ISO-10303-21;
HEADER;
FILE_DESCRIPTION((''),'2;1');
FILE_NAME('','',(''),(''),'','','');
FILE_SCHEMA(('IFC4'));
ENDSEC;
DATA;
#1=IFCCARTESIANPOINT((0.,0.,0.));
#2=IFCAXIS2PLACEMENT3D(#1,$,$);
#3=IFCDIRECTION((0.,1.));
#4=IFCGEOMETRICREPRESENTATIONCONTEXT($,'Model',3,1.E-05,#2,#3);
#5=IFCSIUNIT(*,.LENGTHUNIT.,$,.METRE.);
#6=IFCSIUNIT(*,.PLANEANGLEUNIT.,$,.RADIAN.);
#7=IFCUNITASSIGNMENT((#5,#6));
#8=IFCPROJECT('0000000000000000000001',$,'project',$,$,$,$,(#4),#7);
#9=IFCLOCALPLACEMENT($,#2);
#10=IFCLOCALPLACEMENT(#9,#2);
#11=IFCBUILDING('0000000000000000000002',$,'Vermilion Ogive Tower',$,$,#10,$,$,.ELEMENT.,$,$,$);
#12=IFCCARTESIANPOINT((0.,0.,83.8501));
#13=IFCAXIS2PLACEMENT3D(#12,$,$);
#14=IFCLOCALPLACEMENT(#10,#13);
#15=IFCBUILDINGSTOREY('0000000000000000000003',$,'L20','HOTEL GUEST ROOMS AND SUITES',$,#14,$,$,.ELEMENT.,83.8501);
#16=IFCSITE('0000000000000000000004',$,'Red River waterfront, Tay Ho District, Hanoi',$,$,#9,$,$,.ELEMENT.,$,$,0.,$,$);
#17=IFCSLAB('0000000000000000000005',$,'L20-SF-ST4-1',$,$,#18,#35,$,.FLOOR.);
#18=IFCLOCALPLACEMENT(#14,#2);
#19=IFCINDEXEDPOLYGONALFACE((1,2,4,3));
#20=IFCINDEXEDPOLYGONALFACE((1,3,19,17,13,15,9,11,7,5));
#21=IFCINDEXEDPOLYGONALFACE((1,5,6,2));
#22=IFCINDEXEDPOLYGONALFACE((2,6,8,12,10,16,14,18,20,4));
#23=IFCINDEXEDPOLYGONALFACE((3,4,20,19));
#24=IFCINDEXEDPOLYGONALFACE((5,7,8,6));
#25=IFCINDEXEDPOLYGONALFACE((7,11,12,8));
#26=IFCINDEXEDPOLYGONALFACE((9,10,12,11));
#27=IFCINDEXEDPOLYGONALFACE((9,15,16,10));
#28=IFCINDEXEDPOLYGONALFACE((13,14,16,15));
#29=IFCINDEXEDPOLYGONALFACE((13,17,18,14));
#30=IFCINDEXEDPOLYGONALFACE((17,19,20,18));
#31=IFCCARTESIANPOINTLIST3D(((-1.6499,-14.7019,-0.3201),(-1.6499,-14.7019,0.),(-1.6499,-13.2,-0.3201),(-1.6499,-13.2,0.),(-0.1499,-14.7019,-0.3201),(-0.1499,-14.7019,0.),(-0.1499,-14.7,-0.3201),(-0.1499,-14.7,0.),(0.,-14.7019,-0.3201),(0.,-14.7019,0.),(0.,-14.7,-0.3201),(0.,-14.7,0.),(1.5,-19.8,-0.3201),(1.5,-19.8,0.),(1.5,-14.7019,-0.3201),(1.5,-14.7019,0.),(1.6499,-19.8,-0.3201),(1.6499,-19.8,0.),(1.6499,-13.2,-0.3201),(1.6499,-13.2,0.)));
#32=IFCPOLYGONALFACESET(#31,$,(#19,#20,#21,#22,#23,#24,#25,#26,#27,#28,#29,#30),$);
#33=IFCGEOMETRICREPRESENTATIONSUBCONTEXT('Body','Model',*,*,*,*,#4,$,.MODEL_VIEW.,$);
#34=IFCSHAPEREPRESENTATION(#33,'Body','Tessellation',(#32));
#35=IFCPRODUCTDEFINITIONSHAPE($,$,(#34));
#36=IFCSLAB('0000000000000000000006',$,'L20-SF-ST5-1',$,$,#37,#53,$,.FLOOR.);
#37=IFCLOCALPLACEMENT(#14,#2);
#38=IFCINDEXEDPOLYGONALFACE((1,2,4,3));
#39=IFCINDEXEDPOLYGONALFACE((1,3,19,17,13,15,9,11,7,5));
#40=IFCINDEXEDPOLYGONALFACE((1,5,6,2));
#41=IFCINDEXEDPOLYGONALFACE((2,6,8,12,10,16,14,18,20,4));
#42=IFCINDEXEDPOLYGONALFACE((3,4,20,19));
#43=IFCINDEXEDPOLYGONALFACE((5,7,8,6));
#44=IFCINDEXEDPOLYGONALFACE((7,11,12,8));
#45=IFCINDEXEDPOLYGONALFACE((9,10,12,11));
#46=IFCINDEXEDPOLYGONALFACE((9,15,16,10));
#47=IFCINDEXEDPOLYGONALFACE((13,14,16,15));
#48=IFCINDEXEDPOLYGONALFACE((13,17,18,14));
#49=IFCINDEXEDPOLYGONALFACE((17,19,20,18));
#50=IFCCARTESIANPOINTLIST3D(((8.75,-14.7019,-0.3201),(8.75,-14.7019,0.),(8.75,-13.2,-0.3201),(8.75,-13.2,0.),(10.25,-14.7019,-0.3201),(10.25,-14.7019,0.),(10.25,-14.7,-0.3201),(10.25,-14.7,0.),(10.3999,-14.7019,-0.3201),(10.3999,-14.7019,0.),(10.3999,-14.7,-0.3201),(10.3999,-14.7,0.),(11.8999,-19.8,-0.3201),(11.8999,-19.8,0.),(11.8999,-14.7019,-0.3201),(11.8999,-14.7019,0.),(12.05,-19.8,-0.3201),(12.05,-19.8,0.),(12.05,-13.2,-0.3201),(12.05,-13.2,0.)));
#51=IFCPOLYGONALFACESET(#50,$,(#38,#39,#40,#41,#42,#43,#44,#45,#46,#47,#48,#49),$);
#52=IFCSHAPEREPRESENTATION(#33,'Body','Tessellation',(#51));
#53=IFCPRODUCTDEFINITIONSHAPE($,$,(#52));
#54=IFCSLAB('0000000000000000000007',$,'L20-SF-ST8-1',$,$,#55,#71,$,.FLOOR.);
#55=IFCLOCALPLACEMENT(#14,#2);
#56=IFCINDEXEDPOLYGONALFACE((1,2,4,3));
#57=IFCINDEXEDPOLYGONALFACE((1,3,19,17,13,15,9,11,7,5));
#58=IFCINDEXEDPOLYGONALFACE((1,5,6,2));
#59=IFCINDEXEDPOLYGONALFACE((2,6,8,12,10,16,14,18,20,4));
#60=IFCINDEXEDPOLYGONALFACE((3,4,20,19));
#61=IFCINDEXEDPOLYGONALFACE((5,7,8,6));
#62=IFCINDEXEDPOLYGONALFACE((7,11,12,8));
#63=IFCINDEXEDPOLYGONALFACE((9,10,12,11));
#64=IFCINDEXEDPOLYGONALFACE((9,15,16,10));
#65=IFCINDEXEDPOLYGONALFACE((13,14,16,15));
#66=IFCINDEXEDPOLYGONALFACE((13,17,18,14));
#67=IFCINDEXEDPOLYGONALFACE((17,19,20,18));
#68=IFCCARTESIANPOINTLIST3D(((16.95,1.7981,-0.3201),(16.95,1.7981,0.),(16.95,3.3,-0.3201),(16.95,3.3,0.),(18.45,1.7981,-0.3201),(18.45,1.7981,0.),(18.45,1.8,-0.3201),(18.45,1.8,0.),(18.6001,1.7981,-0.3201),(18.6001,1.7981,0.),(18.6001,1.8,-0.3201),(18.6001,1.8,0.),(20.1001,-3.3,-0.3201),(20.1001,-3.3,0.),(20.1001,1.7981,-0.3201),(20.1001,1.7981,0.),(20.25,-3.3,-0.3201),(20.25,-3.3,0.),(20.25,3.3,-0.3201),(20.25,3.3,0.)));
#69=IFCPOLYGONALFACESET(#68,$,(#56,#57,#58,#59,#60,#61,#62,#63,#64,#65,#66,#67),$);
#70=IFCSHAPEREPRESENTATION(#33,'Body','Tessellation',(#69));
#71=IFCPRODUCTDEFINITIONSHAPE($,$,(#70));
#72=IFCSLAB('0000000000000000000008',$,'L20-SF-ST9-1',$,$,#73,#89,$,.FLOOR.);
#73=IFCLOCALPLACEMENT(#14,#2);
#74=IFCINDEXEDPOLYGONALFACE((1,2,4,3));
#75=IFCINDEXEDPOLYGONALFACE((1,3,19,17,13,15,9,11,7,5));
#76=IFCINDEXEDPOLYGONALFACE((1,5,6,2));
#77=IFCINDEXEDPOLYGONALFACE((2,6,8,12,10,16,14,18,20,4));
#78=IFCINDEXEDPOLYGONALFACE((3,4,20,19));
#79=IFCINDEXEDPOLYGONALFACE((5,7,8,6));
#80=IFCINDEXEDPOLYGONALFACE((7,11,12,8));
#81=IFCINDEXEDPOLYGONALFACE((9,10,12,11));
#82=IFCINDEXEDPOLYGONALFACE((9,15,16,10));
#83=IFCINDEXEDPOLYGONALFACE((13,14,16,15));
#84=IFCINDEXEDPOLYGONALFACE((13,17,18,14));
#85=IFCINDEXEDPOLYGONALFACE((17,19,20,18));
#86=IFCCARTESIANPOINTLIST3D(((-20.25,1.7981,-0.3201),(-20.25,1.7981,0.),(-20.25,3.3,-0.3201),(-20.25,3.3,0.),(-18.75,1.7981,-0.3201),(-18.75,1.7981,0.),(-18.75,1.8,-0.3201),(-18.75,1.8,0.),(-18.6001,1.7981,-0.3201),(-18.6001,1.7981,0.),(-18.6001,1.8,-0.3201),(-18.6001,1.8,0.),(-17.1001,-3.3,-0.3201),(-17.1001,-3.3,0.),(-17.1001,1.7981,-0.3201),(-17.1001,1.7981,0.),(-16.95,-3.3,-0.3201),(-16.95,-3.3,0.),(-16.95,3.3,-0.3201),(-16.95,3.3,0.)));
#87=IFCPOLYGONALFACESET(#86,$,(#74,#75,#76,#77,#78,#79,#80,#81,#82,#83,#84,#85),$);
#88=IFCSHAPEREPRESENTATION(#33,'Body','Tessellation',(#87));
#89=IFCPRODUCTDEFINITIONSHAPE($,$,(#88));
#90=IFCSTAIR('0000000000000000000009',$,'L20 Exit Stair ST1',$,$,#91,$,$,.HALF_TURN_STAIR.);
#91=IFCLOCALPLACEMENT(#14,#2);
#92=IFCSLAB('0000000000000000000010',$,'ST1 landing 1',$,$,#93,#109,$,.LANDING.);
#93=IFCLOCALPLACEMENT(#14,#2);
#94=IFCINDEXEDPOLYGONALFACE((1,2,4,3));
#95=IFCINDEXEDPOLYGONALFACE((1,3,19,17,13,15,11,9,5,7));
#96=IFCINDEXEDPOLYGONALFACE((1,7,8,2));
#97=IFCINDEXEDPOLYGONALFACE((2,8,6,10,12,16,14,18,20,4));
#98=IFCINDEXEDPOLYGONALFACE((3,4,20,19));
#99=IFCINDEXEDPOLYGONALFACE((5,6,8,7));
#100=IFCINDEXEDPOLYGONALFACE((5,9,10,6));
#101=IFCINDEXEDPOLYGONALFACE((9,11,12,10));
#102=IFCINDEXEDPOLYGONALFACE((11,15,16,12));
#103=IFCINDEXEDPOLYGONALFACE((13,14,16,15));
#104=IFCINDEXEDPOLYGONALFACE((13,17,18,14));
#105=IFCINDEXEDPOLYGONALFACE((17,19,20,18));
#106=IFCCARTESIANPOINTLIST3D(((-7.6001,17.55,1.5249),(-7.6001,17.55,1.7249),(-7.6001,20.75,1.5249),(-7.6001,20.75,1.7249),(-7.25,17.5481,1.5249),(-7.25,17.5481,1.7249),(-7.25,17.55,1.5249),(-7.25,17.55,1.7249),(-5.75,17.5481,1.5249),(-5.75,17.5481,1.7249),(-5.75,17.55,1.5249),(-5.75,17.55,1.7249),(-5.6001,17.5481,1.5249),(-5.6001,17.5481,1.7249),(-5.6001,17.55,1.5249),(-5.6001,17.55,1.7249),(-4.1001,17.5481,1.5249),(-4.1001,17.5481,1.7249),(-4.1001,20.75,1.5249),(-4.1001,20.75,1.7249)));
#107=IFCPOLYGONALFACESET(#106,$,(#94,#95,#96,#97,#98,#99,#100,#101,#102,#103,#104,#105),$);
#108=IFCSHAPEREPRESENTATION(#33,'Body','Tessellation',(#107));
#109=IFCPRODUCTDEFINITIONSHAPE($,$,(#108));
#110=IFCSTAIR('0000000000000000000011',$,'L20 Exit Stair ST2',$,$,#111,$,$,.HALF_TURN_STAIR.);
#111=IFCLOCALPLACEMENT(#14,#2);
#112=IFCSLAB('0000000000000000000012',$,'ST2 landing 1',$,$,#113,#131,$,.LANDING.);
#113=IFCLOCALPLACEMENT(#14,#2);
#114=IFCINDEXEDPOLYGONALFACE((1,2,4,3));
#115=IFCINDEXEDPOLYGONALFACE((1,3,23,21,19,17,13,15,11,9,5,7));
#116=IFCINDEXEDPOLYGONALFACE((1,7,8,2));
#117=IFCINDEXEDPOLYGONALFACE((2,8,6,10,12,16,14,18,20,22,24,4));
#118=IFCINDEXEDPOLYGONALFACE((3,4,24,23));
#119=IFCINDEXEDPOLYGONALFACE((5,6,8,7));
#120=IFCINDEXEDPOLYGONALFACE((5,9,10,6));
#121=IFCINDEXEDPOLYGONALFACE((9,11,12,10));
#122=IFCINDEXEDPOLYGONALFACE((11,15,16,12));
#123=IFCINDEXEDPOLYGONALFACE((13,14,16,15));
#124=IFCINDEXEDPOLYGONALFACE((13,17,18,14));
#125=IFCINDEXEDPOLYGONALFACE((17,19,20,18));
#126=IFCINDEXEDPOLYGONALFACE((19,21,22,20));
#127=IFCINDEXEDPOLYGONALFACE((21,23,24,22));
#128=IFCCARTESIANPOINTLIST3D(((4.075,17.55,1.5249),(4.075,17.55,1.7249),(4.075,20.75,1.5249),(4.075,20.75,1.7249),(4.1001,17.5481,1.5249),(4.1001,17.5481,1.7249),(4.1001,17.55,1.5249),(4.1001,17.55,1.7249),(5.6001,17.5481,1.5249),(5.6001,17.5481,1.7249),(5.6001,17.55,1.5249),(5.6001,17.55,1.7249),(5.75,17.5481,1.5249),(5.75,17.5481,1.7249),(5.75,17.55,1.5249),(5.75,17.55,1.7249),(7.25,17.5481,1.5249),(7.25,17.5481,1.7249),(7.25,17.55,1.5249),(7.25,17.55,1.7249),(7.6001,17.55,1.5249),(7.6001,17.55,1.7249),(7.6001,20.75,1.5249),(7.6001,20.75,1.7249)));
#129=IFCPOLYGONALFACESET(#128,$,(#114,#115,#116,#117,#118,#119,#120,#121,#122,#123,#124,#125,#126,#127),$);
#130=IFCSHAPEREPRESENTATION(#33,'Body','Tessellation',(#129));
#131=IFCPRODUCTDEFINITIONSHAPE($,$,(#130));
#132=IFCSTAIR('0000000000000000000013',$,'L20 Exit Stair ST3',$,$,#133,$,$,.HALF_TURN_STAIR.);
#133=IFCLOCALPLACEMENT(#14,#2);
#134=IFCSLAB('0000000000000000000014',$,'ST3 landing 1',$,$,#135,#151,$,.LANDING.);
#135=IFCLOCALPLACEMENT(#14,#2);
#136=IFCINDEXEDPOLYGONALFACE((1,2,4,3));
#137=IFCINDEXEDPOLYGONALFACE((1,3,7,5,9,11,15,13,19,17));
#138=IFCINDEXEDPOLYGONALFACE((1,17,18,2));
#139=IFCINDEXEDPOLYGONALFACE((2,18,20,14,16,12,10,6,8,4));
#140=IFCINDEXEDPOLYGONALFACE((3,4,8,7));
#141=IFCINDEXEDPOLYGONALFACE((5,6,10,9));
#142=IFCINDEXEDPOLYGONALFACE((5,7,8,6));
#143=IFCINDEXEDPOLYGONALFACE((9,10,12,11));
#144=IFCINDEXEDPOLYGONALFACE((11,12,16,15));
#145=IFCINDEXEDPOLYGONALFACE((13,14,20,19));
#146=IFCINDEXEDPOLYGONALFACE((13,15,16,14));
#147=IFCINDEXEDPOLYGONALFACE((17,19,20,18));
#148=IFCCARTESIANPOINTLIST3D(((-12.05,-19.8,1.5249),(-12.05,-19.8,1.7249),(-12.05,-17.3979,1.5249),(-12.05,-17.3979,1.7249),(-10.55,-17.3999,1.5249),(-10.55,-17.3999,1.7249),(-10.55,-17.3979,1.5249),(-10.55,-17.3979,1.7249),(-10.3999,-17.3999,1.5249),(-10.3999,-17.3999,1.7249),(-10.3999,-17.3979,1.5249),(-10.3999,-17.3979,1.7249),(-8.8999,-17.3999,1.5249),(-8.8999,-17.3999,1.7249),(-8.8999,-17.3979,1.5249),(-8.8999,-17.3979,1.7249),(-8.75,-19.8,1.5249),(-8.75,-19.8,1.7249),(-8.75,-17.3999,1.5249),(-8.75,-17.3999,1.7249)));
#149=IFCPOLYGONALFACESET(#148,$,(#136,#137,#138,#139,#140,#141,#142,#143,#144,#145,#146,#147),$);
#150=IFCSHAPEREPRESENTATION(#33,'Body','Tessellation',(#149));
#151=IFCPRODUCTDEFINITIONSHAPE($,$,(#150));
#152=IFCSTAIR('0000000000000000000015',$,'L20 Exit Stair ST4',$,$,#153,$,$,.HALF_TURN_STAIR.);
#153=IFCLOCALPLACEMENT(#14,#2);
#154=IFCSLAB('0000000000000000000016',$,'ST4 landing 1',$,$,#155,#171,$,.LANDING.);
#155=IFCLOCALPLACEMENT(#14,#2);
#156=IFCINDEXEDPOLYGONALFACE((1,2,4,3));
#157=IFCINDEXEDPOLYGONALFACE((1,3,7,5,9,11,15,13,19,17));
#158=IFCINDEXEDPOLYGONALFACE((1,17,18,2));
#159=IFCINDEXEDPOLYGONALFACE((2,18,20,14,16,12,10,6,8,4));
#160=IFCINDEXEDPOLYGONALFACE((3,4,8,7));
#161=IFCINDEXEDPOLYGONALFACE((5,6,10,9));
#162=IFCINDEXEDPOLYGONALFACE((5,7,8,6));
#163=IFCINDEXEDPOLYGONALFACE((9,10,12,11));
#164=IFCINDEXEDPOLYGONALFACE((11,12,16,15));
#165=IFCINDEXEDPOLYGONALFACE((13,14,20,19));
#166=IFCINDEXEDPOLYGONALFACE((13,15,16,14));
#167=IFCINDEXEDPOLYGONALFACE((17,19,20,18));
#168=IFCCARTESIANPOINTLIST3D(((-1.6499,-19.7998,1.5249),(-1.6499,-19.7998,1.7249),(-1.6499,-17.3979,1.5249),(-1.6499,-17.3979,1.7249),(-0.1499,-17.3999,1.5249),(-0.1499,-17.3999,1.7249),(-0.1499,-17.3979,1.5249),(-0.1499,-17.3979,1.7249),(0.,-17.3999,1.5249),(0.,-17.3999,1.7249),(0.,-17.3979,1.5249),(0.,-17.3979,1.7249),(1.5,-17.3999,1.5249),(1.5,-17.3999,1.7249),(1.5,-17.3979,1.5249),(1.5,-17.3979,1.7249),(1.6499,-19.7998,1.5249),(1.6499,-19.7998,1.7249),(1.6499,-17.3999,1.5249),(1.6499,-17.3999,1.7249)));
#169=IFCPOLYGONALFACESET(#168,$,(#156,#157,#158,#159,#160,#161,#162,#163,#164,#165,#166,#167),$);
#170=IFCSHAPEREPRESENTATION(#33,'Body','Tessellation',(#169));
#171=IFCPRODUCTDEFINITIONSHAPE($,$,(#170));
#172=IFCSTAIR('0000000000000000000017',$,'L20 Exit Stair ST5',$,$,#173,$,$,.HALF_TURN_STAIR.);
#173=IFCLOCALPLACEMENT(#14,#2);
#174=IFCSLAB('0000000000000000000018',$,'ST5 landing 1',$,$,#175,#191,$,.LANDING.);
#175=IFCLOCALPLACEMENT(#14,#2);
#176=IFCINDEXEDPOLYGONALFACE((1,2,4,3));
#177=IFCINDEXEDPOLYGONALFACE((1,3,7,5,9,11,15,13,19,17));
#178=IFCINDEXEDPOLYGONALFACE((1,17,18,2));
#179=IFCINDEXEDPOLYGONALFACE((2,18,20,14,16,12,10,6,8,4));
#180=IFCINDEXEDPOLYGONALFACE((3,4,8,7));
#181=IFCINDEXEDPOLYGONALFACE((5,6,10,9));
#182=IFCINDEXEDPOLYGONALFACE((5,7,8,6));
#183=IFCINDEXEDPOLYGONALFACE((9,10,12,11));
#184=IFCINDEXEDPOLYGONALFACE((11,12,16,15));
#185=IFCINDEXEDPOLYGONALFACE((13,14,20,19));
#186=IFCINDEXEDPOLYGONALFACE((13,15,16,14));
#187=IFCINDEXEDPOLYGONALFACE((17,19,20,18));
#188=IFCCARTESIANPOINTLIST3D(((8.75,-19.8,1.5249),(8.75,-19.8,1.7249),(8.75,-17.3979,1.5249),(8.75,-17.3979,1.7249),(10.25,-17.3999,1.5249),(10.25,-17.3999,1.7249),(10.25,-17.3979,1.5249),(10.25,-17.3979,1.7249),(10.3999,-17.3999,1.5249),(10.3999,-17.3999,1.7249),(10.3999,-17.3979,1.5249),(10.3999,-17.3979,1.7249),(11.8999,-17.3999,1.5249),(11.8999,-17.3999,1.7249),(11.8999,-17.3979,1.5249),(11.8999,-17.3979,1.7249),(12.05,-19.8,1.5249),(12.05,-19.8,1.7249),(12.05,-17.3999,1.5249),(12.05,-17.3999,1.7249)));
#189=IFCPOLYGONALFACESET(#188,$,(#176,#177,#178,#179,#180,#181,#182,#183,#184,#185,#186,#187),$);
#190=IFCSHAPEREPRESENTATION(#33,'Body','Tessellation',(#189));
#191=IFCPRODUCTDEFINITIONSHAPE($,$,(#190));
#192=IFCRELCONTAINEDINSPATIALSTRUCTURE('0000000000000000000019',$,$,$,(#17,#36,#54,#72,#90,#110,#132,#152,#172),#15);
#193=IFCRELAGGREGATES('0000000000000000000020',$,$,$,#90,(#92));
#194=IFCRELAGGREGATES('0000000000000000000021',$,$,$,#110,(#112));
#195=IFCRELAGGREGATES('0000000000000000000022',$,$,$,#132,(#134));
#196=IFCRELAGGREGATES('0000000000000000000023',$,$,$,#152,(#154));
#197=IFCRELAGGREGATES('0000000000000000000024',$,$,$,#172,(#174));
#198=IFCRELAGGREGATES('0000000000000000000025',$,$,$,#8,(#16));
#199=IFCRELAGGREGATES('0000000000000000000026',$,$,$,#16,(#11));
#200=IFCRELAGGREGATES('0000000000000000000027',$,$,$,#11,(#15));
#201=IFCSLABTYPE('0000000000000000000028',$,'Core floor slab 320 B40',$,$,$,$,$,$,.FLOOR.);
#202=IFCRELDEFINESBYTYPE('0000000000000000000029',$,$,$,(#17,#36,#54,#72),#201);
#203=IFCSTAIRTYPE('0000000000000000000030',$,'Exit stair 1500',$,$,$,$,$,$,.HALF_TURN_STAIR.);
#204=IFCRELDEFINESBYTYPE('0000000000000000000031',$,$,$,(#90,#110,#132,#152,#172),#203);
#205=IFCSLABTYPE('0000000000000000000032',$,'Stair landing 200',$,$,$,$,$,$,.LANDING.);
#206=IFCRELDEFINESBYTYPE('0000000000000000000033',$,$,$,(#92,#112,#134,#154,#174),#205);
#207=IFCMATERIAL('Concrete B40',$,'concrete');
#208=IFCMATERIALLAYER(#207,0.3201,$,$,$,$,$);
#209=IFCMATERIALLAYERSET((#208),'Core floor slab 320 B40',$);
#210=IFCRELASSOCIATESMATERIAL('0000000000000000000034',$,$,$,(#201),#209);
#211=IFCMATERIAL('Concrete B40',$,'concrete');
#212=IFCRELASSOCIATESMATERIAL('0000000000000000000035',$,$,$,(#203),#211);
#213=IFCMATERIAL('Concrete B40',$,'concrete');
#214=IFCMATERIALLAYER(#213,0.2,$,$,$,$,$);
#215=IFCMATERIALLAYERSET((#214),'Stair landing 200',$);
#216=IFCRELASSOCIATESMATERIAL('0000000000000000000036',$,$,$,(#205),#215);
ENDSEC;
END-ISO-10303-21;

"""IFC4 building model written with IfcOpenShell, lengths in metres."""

from ifc_helpers import new_model, si_unit, direction, frame, origin, place, context, subcontext, project, spatial, polyline, outline, extrude, material, layer, layer_set, type_object, element, aggregate, save


model = new_model("IFC4")

# Units and contexts
model_context = context("Model", 3, precision=1e-05, world=origin(), true_north=direction((0.0, 1.0)))
body_context = subcontext(model_context, "Body", "Model", "MODEL_VIEW")
ifc_project = project(units=[si_unit("LENGTHUNIT", "METRE"), si_unit("PLANEANGLEUNIT", "RADIAN")], contexts=[model_context])

# Site, building, storey
site_placement = place(None, origin())
site = spatial("IfcSite", under=ifc_project, at=site_placement, Name="Red River waterfront, Tay Ho District, Hanoi", CompositionType="ELEMENT", RefElevation=0.0)
building_placement = place(site_placement, origin())
building = spatial("IfcBuilding", under=site, at=building_placement, Name="Vermilion Ogive Tower", CompositionType="ELEMENT")
storey_placement = place(building_placement, frame((0.0, 0.0, 83.8501)))
storey = spatial("IfcBuildingStorey", under=building, at=storey_placement, Name="L20", Description="HOTEL GUEST ROOMS AND SUITES", CompositionType="ELEMENT", Elevation=83.8501)

# Slabs
ifc_material_1 = material(Name="Concrete B40", Category="concrete")
ifc_layer_1 = layer(ifc_material_1, 0.3201)
ifc_layer_set_1 = layer_set([ifc_layer_1], Name="Core floor slab 320 B40")
slab_type_1 = type_object("IfcSlabType", Name="Core floor slab 320 B40", PredefinedType="FLOOR", material=ifc_layer_set_1)
slab_1_placement = place(storey_placement, frame((0.0, 0.0, -0.3201)))
element("IfcSlab", 1, at=slab_1_placement, inside=storey, type_object=slab_type_1, Name="L20-SF-ST4-1", PredefinedType="FLOOR", context=body_context, shape_type="SweptSolid", body=[
    extrude(outline(polyline([(-1.6499, -13.2), (-1.6499, -14.7019), (-0.1499, -14.7019), (-0.1499, -14.7), (0.0, -14.7), (0.0, -14.7019), (1.5, -14.7019), (1.5, -19.8), (1.6499, -19.8), (1.6499, -13.2), (-1.6499, -13.2)])), origin(), (0.0, 0.0, 1.0), 0.3201),
])
slab_2_placement = place(storey_placement, frame((0.0, 0.0, -0.3201)))
element("IfcSlab", 2, at=slab_2_placement, inside=storey, type_object=slab_type_1, Name="L20-SF-ST5-1", PredefinedType="FLOOR", context=body_context, shape_type="SweptSolid", body=[
    extrude(outline(polyline([(8.75, -13.2), (8.75, -14.7019), (10.25, -14.7019), (10.25, -14.7), (10.3999, -14.7), (10.3999, -14.7019), (11.8999, -14.7019), (11.8999, -19.8), (12.05, -19.8), (12.05, -13.2), (8.75, -13.2)])), origin(), (0.0, 0.0, 1.0), 0.3201),
])
slab_3_placement = place(storey_placement, frame((0.0, 0.0, -0.3201)))
element("IfcSlab", 3, at=slab_3_placement, inside=storey, type_object=slab_type_1, Name="L20-SF-ST8-1", PredefinedType="FLOOR", context=body_context, shape_type="SweptSolid", body=[
    extrude(outline(polyline([(16.95, 3.3), (16.95, 1.7981), (18.45, 1.7981), (18.45, 1.8), (18.6001, 1.8), (18.6001, 1.7981), (20.1001, 1.7981), (20.1001, -3.3), (20.25, -3.3), (20.25, 3.3), (16.95, 3.3)])), origin(), (0.0, 0.0, 1.0), 0.3201),
])
slab_4_placement = place(storey_placement, frame((0.0, 0.0, -0.3201)))
element("IfcSlab", 4, at=slab_4_placement, inside=storey, type_object=slab_type_1, Name="L20-SF-ST9-1", PredefinedType="FLOOR", context=body_context, shape_type="SweptSolid", body=[
    extrude(outline(polyline([(-20.25, 3.3), (-20.25, 1.7981), (-18.75, 1.7981), (-18.75, 1.8), (-18.6001, 1.8), (-18.6001, 1.7981), (-17.1001, 1.7981), (-17.1001, -3.3), (-16.95, -3.3), (-16.95, 3.3), (-20.25, 3.3)])), origin(), (0.0, 0.0, 1.0), 0.3201),
])

# Stairs, slabs
ifc_material_2 = material(Name="Concrete B40", Category="concrete")
stair_type = type_object("IfcStairType", Name="Exit stair 1500", PredefinedType="HALF_TURN_STAIR", material=ifc_material_2)
stair_1_placement = place(storey_placement, origin())
stair_1 = element("IfcStair", 5, at=stair_1_placement, inside=storey, type_object=stair_type, Name="L20 Exit Stair ST1", PredefinedType="HALF_TURN_STAIR")
ifc_material_3 = material(Name="Concrete B40", Category="concrete")
ifc_layer_2 = layer(ifc_material_3, 0.2)
ifc_layer_set_2 = layer_set([ifc_layer_2], Name="Stair landing 200")
slab_type_2 = type_object("IfcSlabType", Name="Stair landing 200", PredefinedType="LANDING", material=ifc_layer_set_2)
slab_5_placement = place(storey_placement, frame((0.0, 0.0, 1.5249)))
slab_5 = element("IfcSlab", 6, at=slab_5_placement, type_object=slab_type_2, Name="ST1 landing 1", PredefinedType="LANDING", context=body_context, shape_type="SweptSolid", body=[
    extrude(outline(polyline([(-7.6001, 17.55), (-7.25, 17.55), (-7.25, 17.5481), (-5.75, 17.5481), (-5.75, 17.55), (-5.6001, 17.55), (-5.6001, 17.5481), (-4.1001, 17.5481), (-4.1001, 20.75), (-7.6001, 20.75), (-7.6001, 17.55)])), origin(), (0.0, 0.0, 1.0), 0.2),
])
aggregate(stair_1, [slab_5])
stair_2_placement = place(storey_placement, origin())
stair_2 = element("IfcStair", 7, at=stair_2_placement, inside=storey, type_object=stair_type, Name="L20 Exit Stair ST2", PredefinedType="HALF_TURN_STAIR")
slab_6_placement = place(storey_placement, frame((0.0, 0.0, 1.5249)))
slab_6 = element("IfcSlab", 8, at=slab_6_placement, type_object=slab_type_2, Name="ST2 landing 1", PredefinedType="LANDING", context=body_context, shape_type="SweptSolid", body=[
    extrude(outline(polyline([(5.6001, 17.55), (5.75, 17.55), (5.75, 17.5481), (7.25, 17.5481), (7.25, 17.55), (7.6001, 17.55), (7.6001, 20.75), (4.075, 20.75), (4.075, 17.55), (4.1001, 17.55), (4.1001, 17.5481), (5.6001, 17.5481), (5.6001, 17.55)])), origin(), (0.0, 0.0, 1.0), 0.2),
])
aggregate(stair_2, [slab_6])
stair_3_placement = place(storey_placement, origin())
stair_3 = element("IfcStair", 9, at=stair_3_placement, inside=storey, type_object=stair_type, Name="L20 Exit Stair ST3", PredefinedType="HALF_TURN_STAIR")
slab_7_placement = place(storey_placement, frame((0.0, 0.0, 1.5249)))
slab_7 = element("IfcSlab", 10, at=slab_7_placement, type_object=slab_type_2, Name="ST3 landing 1", PredefinedType="LANDING", context=body_context, shape_type="SweptSolid", body=[
    extrude(outline(polyline([(-8.75, -17.3999), (-8.8999, -17.3999), (-8.8999, -17.3979), (-10.3999, -17.3979), (-10.3999, -17.3999), (-10.55, -17.3999), (-10.55, -17.3979), (-12.05, -17.3979), (-12.05, -19.8), (-8.75, -19.8), (-8.75, -17.3999)])), origin(), (0.0, 0.0, 1.0), 0.2),
])
aggregate(stair_3, [slab_7])
stair_4_placement = place(storey_placement, origin())
stair_4 = element("IfcStair", 11, at=stair_4_placement, inside=storey, type_object=stair_type, Name="L20 Exit Stair ST4", PredefinedType="HALF_TURN_STAIR")
slab_8_placement = place(storey_placement, frame((0.0, 0.0, 1.5249)))
slab_8 = element("IfcSlab", 12, at=slab_8_placement, type_object=slab_type_2, Name="ST4 landing 1", PredefinedType="LANDING", context=body_context, shape_type="SweptSolid", body=[
    extrude(outline(polyline([(1.6499, -17.3999), (1.5, -17.3999), (1.5, -17.3979), (0.0, -17.3979), (0.0, -17.3999), (-0.1499, -17.3999), (-0.1499, -17.3979), (-1.6499, -17.3979), (-1.6499, -19.7998), (1.6499, -19.7998), (1.6499, -17.3999)])), origin(), (0.0, 0.0, 1.0), 0.2),
])
aggregate(stair_4, [slab_8])
stair_5_placement = place(storey_placement, origin())
stair_5 = element("IfcStair", 13, at=stair_5_placement, inside=storey, type_object=stair_type, Name="L20 Exit Stair ST5", PredefinedType="HALF_TURN_STAIR")
slab_9_placement = place(storey_placement, frame((0.0, 0.0, 1.5249)))
slab_9 = element("IfcSlab", 14, at=slab_9_placement, type_object=slab_type_2, Name="ST5 landing 1", PredefinedType="LANDING", context=body_context, shape_type="SweptSolid", body=[
    extrude(outline(polyline([(12.05, -17.3999), (11.8999, -17.3999), (11.8999, -17.3979), (10.3999, -17.3979), (10.3999, -17.3999), (10.25, -17.3999), (10.25, -17.3979), (8.75, -17.3979), (8.75, -19.8), (12.05, -19.8), (12.05, -17.3999)])), origin(), (0.0, 0.0, 1.0), 0.2),
])
aggregate(stair_5, [slab_9])

save(model, "model.ifc")
